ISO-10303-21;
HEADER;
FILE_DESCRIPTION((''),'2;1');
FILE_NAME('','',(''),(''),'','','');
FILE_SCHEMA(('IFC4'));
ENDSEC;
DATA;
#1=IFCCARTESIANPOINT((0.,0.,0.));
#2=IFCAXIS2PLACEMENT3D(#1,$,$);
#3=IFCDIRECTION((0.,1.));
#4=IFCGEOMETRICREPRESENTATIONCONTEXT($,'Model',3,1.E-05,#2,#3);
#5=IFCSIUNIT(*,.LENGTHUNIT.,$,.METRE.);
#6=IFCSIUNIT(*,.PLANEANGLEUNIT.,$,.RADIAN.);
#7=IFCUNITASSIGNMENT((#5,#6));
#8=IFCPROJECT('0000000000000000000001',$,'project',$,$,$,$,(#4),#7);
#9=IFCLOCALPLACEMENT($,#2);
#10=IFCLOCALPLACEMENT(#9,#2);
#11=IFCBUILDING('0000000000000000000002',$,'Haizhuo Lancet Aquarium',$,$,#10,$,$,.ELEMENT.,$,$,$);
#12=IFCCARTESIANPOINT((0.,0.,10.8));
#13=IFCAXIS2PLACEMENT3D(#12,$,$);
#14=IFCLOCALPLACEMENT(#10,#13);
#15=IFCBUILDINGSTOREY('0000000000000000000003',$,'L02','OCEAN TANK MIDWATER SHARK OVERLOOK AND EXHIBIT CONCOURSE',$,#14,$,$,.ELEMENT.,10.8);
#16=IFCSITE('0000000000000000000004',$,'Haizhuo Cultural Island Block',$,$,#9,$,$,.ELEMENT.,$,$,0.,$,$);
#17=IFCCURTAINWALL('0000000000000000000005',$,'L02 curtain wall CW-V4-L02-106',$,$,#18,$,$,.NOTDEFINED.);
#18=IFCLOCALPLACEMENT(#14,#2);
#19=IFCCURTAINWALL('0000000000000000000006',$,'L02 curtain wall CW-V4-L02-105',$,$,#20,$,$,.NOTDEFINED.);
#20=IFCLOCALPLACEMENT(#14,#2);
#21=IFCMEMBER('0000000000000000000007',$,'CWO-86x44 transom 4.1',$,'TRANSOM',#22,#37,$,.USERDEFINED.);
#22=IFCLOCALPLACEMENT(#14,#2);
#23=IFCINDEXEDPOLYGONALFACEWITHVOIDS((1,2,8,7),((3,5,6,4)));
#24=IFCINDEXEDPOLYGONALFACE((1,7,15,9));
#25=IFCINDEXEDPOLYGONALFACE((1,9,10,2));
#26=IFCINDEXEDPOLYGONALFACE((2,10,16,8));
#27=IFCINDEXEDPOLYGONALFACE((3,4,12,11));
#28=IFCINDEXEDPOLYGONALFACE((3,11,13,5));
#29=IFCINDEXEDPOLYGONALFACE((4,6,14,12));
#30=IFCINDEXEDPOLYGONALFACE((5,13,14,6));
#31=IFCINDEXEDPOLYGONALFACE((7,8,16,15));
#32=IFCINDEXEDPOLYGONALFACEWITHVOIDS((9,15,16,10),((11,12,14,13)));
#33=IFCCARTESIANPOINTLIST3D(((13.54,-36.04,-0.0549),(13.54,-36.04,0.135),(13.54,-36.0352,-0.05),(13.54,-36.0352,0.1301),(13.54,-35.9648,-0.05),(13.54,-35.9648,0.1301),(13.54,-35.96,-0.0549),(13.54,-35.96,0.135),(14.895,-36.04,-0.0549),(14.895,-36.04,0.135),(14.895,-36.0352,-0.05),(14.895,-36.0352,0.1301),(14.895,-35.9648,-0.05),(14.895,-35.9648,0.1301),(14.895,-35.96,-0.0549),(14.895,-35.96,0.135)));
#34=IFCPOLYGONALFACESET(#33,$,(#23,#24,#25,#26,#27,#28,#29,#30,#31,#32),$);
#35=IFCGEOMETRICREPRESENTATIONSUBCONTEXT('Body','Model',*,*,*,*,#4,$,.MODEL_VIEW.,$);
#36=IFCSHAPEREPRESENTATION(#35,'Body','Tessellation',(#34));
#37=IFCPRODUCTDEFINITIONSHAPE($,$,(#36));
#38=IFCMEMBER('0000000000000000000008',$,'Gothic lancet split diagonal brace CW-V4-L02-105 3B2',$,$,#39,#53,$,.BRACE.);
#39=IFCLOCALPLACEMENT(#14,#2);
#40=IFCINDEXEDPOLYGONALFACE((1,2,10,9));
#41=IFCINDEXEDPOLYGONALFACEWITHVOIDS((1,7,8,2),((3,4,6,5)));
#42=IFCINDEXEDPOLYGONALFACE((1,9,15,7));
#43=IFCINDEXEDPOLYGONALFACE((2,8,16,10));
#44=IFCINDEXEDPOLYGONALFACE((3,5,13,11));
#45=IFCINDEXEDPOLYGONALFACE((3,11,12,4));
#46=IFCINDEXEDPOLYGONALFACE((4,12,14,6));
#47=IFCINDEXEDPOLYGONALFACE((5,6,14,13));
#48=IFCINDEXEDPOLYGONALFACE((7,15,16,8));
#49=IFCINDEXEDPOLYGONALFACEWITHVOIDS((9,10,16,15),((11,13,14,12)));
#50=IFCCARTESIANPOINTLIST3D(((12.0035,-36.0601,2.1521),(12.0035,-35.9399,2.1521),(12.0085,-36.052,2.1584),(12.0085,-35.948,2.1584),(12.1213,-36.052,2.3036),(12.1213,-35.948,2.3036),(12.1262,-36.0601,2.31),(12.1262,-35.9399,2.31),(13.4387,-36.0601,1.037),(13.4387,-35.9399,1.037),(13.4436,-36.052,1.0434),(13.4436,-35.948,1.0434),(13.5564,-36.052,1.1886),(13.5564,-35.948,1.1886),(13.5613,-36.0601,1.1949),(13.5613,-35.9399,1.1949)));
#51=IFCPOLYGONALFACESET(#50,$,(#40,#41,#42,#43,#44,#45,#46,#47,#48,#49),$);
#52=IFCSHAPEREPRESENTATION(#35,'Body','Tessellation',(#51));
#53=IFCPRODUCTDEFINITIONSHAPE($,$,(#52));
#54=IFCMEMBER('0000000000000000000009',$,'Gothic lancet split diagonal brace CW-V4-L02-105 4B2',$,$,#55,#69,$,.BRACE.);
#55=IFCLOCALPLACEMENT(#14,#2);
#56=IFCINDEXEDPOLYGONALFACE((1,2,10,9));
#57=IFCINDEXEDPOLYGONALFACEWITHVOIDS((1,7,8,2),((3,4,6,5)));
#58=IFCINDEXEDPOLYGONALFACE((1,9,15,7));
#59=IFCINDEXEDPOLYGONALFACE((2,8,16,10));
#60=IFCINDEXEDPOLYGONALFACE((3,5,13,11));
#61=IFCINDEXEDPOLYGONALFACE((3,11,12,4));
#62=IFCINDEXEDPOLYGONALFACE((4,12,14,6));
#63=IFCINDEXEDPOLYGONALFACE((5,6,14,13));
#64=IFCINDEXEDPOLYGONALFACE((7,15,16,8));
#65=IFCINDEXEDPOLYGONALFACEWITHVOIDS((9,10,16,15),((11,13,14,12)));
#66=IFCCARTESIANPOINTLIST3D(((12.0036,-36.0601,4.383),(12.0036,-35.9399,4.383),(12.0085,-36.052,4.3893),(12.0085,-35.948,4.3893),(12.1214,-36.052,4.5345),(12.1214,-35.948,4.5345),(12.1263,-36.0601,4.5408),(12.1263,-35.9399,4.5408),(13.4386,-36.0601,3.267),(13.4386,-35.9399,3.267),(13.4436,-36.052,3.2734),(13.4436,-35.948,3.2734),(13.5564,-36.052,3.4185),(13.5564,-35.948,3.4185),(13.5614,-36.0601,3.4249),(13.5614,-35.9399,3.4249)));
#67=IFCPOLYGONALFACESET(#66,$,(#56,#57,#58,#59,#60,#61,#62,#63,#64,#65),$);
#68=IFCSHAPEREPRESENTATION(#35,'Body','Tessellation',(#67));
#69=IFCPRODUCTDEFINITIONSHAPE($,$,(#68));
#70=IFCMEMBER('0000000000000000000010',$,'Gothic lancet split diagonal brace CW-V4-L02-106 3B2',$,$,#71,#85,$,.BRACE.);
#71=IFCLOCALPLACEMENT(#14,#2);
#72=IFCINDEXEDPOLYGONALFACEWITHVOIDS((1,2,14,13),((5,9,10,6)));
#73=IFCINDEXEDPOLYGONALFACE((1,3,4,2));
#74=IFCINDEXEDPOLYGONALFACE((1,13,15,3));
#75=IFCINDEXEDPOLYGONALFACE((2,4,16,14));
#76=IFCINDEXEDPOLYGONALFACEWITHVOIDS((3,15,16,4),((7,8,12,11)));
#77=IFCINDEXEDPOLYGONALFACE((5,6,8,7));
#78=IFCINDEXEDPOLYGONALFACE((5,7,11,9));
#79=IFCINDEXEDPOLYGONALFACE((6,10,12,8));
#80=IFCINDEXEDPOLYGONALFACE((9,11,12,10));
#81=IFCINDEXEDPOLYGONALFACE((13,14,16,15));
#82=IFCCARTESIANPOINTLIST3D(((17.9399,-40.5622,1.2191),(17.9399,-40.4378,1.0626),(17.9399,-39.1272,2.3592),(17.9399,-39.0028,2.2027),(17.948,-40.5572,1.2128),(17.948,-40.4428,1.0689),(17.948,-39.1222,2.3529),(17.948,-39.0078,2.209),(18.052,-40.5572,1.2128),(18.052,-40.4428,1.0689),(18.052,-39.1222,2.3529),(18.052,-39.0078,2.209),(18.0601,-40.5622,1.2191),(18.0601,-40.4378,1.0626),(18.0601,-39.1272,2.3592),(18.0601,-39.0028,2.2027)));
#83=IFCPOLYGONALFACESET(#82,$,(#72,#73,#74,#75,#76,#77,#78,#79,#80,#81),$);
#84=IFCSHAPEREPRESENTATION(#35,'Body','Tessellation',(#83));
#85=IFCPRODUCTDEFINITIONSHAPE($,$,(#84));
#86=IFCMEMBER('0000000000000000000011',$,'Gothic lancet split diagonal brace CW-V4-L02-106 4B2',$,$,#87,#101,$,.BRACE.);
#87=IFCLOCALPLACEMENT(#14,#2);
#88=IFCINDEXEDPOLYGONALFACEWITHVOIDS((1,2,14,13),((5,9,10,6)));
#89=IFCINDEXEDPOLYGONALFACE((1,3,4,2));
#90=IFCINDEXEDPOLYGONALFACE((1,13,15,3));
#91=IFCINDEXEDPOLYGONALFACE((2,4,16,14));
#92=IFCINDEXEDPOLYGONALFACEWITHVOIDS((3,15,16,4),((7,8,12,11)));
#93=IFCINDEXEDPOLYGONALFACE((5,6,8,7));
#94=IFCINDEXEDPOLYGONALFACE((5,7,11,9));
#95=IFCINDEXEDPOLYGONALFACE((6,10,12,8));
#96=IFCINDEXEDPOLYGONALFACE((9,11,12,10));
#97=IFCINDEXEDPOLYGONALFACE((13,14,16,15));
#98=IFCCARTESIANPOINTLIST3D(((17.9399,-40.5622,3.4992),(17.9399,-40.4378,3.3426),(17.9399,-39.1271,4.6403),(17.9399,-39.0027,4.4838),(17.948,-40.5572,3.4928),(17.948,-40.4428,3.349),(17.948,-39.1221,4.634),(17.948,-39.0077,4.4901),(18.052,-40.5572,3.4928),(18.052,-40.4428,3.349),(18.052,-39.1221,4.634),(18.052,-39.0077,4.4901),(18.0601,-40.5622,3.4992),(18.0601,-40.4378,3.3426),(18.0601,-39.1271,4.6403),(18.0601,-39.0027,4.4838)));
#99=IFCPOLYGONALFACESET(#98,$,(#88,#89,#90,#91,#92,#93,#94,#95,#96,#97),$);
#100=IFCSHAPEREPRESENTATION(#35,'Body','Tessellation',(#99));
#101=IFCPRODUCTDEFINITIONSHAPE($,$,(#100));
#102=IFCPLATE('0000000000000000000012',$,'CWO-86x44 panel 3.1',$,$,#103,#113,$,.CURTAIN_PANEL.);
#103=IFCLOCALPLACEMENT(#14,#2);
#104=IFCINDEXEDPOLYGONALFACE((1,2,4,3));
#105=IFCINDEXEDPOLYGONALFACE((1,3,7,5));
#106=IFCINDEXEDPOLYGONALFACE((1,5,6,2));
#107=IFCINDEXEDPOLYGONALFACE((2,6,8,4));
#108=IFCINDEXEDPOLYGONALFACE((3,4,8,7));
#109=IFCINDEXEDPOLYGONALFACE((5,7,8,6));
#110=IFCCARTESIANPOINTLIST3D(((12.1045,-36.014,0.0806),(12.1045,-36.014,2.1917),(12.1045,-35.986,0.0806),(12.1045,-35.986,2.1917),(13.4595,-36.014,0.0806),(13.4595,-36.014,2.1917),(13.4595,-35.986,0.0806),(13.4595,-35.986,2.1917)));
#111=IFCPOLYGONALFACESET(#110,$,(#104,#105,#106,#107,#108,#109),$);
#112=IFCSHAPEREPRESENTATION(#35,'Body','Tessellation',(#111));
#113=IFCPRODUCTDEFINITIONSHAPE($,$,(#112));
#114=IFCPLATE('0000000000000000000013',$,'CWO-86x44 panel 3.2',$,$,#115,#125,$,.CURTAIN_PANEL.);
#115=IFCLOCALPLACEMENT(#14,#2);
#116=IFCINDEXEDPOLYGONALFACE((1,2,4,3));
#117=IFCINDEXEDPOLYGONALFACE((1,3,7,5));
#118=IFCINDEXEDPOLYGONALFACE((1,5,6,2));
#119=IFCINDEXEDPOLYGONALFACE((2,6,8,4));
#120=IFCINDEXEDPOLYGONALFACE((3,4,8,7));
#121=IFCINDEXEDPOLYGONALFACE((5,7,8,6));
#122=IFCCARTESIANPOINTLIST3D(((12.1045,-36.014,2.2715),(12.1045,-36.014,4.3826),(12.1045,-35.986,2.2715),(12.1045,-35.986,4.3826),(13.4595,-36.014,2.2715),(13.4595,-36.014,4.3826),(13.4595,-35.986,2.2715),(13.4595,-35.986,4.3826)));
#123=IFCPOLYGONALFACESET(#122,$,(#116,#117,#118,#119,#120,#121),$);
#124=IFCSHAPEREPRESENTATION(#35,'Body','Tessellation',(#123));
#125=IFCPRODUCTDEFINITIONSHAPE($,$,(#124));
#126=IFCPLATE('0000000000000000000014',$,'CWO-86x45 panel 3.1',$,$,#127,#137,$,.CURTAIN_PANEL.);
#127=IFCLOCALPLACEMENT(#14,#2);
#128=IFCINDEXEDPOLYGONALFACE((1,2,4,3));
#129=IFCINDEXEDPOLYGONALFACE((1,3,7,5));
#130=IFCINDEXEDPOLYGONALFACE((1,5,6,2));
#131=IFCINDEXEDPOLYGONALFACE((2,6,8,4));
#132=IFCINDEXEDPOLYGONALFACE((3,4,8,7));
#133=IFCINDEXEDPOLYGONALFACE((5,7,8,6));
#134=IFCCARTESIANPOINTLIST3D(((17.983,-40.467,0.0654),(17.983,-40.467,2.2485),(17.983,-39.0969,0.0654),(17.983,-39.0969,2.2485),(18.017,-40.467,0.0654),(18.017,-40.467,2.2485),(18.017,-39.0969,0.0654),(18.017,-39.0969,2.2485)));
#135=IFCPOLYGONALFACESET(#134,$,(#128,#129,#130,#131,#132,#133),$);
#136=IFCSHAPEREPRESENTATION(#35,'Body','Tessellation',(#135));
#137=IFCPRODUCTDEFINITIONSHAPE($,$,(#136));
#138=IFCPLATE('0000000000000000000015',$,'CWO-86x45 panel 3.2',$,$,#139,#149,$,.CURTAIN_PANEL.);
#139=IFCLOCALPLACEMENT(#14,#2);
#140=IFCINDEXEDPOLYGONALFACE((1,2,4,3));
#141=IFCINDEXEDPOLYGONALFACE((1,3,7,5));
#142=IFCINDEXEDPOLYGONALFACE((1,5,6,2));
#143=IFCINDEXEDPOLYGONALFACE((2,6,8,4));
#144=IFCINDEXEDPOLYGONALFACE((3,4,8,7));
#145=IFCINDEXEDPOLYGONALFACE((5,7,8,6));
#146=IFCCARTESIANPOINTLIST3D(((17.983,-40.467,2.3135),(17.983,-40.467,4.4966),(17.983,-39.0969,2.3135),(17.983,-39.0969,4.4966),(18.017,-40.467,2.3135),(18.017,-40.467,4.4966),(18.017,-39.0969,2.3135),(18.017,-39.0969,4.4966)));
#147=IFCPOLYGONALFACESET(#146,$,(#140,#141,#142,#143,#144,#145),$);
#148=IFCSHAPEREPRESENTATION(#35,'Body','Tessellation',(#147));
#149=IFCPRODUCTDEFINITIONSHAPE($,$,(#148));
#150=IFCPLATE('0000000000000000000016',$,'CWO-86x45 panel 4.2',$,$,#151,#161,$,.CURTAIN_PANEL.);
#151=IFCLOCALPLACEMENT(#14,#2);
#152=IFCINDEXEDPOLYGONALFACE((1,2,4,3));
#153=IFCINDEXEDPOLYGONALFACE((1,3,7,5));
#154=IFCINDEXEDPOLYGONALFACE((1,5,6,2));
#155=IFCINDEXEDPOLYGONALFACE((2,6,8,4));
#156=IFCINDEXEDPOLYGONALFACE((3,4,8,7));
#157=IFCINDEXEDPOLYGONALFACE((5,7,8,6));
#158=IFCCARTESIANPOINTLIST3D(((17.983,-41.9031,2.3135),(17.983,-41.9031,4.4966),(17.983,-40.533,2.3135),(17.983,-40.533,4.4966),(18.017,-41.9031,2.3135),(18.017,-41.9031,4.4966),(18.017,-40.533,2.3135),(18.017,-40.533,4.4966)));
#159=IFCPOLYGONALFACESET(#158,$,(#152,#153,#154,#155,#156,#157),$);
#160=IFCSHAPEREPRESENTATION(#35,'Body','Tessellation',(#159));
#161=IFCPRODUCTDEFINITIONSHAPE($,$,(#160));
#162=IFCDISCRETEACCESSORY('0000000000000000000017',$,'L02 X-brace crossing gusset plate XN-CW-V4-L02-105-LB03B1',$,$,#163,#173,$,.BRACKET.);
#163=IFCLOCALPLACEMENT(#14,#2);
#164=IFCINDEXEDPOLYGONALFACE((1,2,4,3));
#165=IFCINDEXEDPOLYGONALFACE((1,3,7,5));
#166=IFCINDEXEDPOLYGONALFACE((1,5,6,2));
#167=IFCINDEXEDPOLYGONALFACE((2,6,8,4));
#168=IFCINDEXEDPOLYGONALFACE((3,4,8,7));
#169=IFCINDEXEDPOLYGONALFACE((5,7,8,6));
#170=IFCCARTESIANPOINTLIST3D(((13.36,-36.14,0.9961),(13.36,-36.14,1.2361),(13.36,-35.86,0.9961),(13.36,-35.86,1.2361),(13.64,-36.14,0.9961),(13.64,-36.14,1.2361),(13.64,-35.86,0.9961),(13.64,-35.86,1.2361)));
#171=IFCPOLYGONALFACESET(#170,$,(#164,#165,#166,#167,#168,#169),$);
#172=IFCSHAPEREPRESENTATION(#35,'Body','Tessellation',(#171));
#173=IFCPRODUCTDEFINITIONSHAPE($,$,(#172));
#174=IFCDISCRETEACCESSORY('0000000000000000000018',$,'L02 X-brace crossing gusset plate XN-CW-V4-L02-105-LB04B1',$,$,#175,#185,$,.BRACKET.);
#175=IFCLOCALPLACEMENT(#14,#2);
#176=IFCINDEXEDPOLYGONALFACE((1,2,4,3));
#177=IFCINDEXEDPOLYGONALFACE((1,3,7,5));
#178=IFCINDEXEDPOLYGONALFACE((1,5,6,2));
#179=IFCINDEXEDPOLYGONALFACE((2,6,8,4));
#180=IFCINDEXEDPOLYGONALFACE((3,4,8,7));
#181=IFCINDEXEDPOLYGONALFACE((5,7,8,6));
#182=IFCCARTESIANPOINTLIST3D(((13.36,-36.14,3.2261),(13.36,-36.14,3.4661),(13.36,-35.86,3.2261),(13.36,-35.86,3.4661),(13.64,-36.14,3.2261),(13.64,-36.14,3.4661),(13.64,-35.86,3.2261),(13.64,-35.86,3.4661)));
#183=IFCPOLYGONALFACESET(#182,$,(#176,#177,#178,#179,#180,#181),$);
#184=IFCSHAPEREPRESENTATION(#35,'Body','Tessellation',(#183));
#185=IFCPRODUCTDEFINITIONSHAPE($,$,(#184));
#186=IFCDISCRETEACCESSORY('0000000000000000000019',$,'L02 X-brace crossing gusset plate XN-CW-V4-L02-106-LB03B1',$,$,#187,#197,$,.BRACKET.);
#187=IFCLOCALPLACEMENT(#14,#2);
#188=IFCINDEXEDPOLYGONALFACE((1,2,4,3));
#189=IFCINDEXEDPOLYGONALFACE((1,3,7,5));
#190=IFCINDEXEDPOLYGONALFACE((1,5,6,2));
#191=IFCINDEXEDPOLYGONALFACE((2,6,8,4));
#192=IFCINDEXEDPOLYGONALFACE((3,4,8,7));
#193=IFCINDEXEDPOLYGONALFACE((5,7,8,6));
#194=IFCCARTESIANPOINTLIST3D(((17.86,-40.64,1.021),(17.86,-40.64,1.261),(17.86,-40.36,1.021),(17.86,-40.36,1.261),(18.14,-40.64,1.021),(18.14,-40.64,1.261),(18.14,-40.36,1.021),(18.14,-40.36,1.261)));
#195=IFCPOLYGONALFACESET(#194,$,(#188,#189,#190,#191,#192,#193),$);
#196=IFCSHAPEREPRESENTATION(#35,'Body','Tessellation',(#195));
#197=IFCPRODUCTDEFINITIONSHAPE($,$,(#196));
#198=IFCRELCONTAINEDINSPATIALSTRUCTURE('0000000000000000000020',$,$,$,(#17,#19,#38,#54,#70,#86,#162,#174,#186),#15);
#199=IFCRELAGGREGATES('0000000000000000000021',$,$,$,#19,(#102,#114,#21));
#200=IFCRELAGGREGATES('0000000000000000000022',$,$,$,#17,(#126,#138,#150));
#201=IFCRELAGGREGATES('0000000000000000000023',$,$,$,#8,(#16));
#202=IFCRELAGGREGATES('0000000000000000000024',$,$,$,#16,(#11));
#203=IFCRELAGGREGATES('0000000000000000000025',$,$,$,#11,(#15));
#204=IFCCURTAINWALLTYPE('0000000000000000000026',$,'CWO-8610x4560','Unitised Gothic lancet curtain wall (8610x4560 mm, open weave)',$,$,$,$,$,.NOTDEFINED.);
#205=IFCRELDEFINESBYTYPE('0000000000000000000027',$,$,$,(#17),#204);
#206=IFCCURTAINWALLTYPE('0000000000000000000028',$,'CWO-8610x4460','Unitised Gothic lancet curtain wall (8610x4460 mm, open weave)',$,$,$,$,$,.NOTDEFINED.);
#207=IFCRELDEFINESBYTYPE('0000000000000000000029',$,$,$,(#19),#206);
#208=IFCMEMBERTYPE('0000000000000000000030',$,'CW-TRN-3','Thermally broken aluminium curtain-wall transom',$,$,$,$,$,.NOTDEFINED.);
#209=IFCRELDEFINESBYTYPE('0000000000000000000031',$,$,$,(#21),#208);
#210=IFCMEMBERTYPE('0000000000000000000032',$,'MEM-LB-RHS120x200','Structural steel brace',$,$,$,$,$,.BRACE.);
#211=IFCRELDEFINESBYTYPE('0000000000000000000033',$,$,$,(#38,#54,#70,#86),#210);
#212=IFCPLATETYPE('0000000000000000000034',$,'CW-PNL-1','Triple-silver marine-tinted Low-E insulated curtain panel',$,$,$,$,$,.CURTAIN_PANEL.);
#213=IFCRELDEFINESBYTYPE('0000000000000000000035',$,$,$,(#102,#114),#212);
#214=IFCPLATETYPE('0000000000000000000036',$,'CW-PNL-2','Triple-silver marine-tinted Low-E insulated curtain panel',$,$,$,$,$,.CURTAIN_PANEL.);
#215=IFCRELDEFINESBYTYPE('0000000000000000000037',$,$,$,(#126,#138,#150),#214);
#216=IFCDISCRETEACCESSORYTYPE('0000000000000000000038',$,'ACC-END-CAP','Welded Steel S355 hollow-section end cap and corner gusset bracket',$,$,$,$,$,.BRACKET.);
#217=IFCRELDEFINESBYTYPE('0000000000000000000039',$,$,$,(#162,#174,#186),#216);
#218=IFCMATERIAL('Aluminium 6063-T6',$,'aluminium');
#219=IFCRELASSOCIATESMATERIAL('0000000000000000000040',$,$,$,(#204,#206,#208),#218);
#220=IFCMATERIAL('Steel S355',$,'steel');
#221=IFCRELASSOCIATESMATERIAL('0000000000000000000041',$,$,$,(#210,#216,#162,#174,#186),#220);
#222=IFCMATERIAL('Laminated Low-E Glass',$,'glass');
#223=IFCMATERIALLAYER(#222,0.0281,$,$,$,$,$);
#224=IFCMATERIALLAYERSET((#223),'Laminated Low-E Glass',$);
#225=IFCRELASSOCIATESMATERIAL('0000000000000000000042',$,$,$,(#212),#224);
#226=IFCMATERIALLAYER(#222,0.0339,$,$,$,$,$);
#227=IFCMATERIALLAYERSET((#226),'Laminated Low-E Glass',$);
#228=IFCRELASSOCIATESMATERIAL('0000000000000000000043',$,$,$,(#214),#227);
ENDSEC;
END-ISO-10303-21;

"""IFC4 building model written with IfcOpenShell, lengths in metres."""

from ifc_helpers import new_model, si_unit, direction, frame, origin, origin_2d, place, context, subcontext, project, spatial, rectangle, hollow_rectangle, extrude, material, layer, layer_set, material_profile, profile_set, type_object, element, aggregate, save


model = new_model("IFC4")

# Units and contexts
model_context = context("Model", 3, precision=1e-05, world=origin(), true_north=direction((0.0, 1.0)))
body_context = subcontext(model_context, "Body", "Model", "MODEL_VIEW")
ifc_project = project(units=[si_unit("LENGTHUNIT", "METRE"), si_unit("PLANEANGLEUNIT", "RADIAN")], contexts=[model_context])

# Site, building, storey
site_placement = place(None, origin())
site = spatial("IfcSite", under=ifc_project, at=site_placement, Name="Haizhuo Cultural Island Block", CompositionType="ELEMENT", RefElevation=0.0)
building_placement = place(site_placement, origin())
building = spatial("IfcBuilding", under=site, at=building_placement, Name="Haizhuo Lancet Aquarium", CompositionType="ELEMENT")
storey_placement = place(building_placement, frame((0.0, 0.0, 10.8)))
storey = spatial("IfcBuildingStorey", under=building, at=storey_placement, Name="L02", Description="OCEAN TANK MIDWATER SHARK OVERLOOK AND EXHIBIT CONCOURSE", CompositionType="ELEMENT", Elevation=10.8)

# Curtain walls
ifc_material_1 = material(Name="Aluminium 6063-T6", Category="aluminium")
curtain_wall_type_1 = type_object("IfcCurtainWallType", Name="CWO-8610x4560", Description="Unitised Gothic lancet curtain wall (8610x4560 mm, open weave)", PredefinedType="NOTDEFINED", material=ifc_material_1)
curtain_wall_1_placement = place(storey_placement, origin())
curtain_wall_1 = element("IfcCurtainWall", 1, at=curtain_wall_1_placement, inside=storey, type_object=curtain_wall_type_1, Name="L02 curtain wall CW-V4-L02-106", PredefinedType="NOTDEFINED")
curtain_wall_type_2 = type_object("IfcCurtainWallType", Name="CWO-8610x4460", Description="Unitised Gothic lancet curtain wall (8610x4460 mm, open weave)", PredefinedType="NOTDEFINED", material=ifc_material_1)
curtain_wall_2_placement = place(storey_placement, origin())
curtain_wall_2 = element("IfcCurtainWall", 2, at=curtain_wall_2_placement, inside=storey, type_object=curtain_wall_type_2, Name="L02 curtain wall CW-V4-L02-105", PredefinedType="NOTDEFINED")

# Member
ifc_material_profile_1 = material_profile(ifc_material_1, hollow_rectangle(XDim=0.0801, YDim=0.1899, WallThickness=0.0049, at=origin_2d()), Name="ALU-T 80x190x5")
ifc_profile_set_1 = profile_set([ifc_material_profile_1], Name="Aluminium 6063-T6")
member_type_1 = type_object("IfcMemberType", Name="CW-TRN-3", Description="Thermally broken aluminium curtain-wall transom", PredefinedType="NOTDEFINED", material=ifc_profile_set_1)
member_1_placement = place(storey_placement, frame((13.54, -36.0, 0.04), z_axis=(1.0, 0.0, 0.0), x_axis=(0.0, 1.0, 0.0)))
member_1 = element("IfcMember", 3, at=member_1_placement, type_object=member_type_1, Name="CWO-86x44 transom 4.1", ObjectType="TRANSOM", PredefinedType="USERDEFINED", context=body_context, shape_type="SweptSolid", body=[
    extrude(hollow_rectangle(XDim=0.0801, YDim=0.1899, WallThickness=0.0049, at=origin_2d()), origin(), (0.0, 0.0, 1.0), 1.355),
])

# Members
ifc_material_2 = material(Name="Steel S355", Category="steel")
ifc_material_profile_2 = material_profile(ifc_material_2, hollow_rectangle(XDim=0.1201, YDim=0.2, WallThickness=0.0081, at=origin_2d()), Name="RHS 120x200x8")
ifc_profile_set_2 = profile_set([ifc_material_profile_2], Name="Steel S355")
member_type_2 = type_object("IfcMemberType", Name="MEM-LB-RHS120x200", Description="Structural steel brace", PredefinedType="BRACE", material=ifc_profile_set_2)
member_2_placement = place(storey_placement, frame((13.5, -36.0, 1.116), z_axis=(-0.789663, 0.0, 0.613541), x_axis=(0.0, -1.0, 0.0)))
element("IfcMember", 4, at=member_2_placement, inside=storey, type_object=member_type_2, Name="Gothic lancet split diagonal brace CW-V4-L02-105 3B2", PredefinedType="BRACE", context=body_context, shape_type="SweptSolid", body=[
    extrude(hollow_rectangle(XDim=0.1201, YDim=0.2, WallThickness=0.0081, at=origin_2d()), origin(), (0.0, 0.0, 1.0), 1.8174),
])
member_3_placement = place(storey_placement, frame((13.5, -36.0, 3.3459), z_axis=(-0.789403, 0.0, 0.613876), x_axis=(0.0, -1.0, 0.0)))
element("IfcMember", 5, at=member_3_placement, inside=storey, type_object=member_type_2, Name="Gothic lancet split diagonal brace CW-V4-L02-105 4B2", PredefinedType="BRACE", context=body_context, shape_type="SweptSolid", body=[
    extrude(hollow_rectangle(XDim=0.1201, YDim=0.2, WallThickness=0.0081, at=origin_2d()), origin(), (0.0, 0.0, 1.0), 1.8179),
])
member_4_placement = place(storey_placement, frame((18.0, -40.5, 1.1409), z_axis=(0.0, 0.78297, 0.62206), x_axis=(-1.0, 0.0, 0.0)))
element("IfcMember", 6, at=member_4_placement, inside=storey, type_object=member_type_2, Name="Gothic lancet split diagonal brace CW-V4-L02-106 3B2", PredefinedType="BRACE", context=body_context, shape_type="SweptSolid", body=[
    extrude(hollow_rectangle(XDim=0.1201, YDim=0.2, WallThickness=0.0081, at=origin_2d()), origin(), (0.0, 0.0, 1.0), 1.8328),
])
member_5_placement = place(storey_placement, frame((18.0, -40.5, 3.4209), z_axis=(0.0, 0.78271, 0.622386), x_axis=(-1.0, 0.0, 0.0)))
element("IfcMember", 7, at=member_5_placement, inside=storey, type_object=member_type_2, Name="Gothic lancet split diagonal brace CW-V4-L02-106 4B2", PredefinedType="BRACE", context=body_context, shape_type="SweptSolid", body=[
    extrude(hollow_rectangle(XDim=0.1201, YDim=0.2, WallThickness=0.0081, at=origin_2d()), origin(), (0.0, 0.0, 1.0), 1.8335),
])

# Plates
ifc_material_3 = material(Name="Laminated Low-E Glass", Category="glass")
ifc_layer_1 = layer(ifc_material_3, 0.0281)
ifc_layer_set_1 = layer_set([ifc_layer_1], Name="Laminated Low-E Glass")
plate_type_1 = type_object("IfcPlateType", Name="CW-PNL-1", Description="Triple-silver marine-tinted Low-E insulated curtain panel", PredefinedType="CURTAIN_PANEL", material=ifc_layer_set_1)
plate_1_placement = place(storey_placement, frame((12.782, -36.0, 0.0806), z_axis=(0.0, 0.0, 1.0), x_axis=(1.0, 0.0, 0.0)))
plate_1 = element("IfcPlate", 8, at=plate_1_placement, type_object=plate_type_1, Name="CWO-86x44 panel 3.1", PredefinedType="CURTAIN_PANEL", context=body_context, shape_type="SweptSolid", body=[
    extrude(rectangle(XDim=1.355, YDim=0.0281, at=origin_2d()), origin(), (0.0, 0.0, 1.0), 2.1111),
])
plate_2_placement = place(storey_placement, frame((12.782, -36.0, 2.2715), z_axis=(0.0, 0.0, 1.0), x_axis=(1.0, 0.0, 0.0)))
plate_2 = element("IfcPlate", 9, at=plate_2_placement, type_object=plate_type_1, Name="CWO-86x44 panel 3.2", PredefinedType="CURTAIN_PANEL", context=body_context, shape_type="SweptSolid", body=[
    extrude(rectangle(XDim=1.355, YDim=0.0281, at=origin_2d()), origin(), (0.0, 0.0, 1.0), 2.1111),
])
aggregate(curtain_wall_2, [plate_1, plate_2, member_1])
ifc_layer_2 = layer(ifc_material_3, 0.0339)
ifc_layer_set_2 = layer_set([ifc_layer_2], Name="Laminated Low-E Glass")
plate_type_2 = type_object("IfcPlateType", Name="CW-PNL-2", Description="Triple-silver marine-tinted Low-E insulated curtain panel", PredefinedType="CURTAIN_PANEL", material=ifc_layer_set_2)
plate_3_placement = place(storey_placement, frame((18.0, -39.782, 0.0654), z_axis=(0.0, 0.0, 1.0), x_axis=(0.0, -1.0, 0.0)))
plate_3 = element("IfcPlate", 10, at=plate_3_placement, type_object=plate_type_2, Name="CWO-86x45 panel 3.1", PredefinedType="CURTAIN_PANEL", context=body_context, shape_type="SweptSolid", body=[
    extrude(rectangle(XDim=1.3701, YDim=0.0339, at=origin_2d()), origin(), (0.0, 0.0, 1.0), 2.1831),
])
plate_4_placement = place(storey_placement, frame((18.0, -39.782, 2.3135), z_axis=(0.0, 0.0, 1.0), x_axis=(0.0, -1.0, 0.0)))
plate_4 = element("IfcPlate", 11, at=plate_4_placement, type_object=plate_type_2, Name="CWO-86x45 panel 3.2", PredefinedType="CURTAIN_PANEL", context=body_context, shape_type="SweptSolid", body=[
    extrude(rectangle(XDim=1.3701, YDim=0.0339, at=origin_2d()), origin(), (0.0, 0.0, 1.0), 2.1831),
])
plate_5_placement = place(storey_placement, frame((18.0, -41.218, 2.3135), z_axis=(0.0, 0.0, 1.0), x_axis=(0.0, -1.0, 0.0)))
plate_5 = element("IfcPlate", 12, at=plate_5_placement, type_object=plate_type_2, Name="CWO-86x45 panel 4.2", PredefinedType="CURTAIN_PANEL", context=body_context, shape_type="SweptSolid", body=[
    extrude(rectangle(XDim=1.3701, YDim=0.0339, at=origin_2d()), origin(), (0.0, 0.0, 1.0), 2.1831),
])
aggregate(curtain_wall_1, [plate_3, plate_4, plate_5])

# Discrete accessories
discrete_accessory_type = type_object("IfcDiscreteAccessoryType", Name="ACC-END-CAP", Description="Welded Steel S355 hollow-section end cap and corner gusset bracket", PredefinedType="BRACKET", material=ifc_material_2)
for number, where, z_axis, x_axis, name in (
    (13, (13.5, -36.0, 0.9961), (0.0, 0.0, 1.0), (1.0, 0.0, 0.0), "L02 X-brace crossing gusset plate XN-CW-V4-L02-105-LB03B1"),
    (14, (13.5, -36.0, 3.2261), (0.0, 0.0, 1.0), (1.0, 0.0, 0.0), "L02 X-brace crossing gusset plate XN-CW-V4-L02-105-LB04B1"),
    (15, (18.0, -40.5, 1.021), (0.0, 0.0, 1.0), (1.0, 0.0, 0.0), "L02 X-brace crossing gusset plate XN-CW-V4-L02-106-LB03B1"),
):
    element("IfcDiscreteAccessory", number, at=place(storey_placement, frame(where, z_axis=z_axis, x_axis=x_axis)), inside=storey, type_object=discrete_accessory_type, material=ifc_material_2, Name=name, PredefinedType="BRACKET", context=body_context, shape_type="SweptSolid", body=[
        extrude(rectangle(XDim=0.28, YDim=0.28, at=origin_2d()), origin(), (0.0, 0.0, 1.0), 0.24),
    ])

save(model, "model.ifc")
